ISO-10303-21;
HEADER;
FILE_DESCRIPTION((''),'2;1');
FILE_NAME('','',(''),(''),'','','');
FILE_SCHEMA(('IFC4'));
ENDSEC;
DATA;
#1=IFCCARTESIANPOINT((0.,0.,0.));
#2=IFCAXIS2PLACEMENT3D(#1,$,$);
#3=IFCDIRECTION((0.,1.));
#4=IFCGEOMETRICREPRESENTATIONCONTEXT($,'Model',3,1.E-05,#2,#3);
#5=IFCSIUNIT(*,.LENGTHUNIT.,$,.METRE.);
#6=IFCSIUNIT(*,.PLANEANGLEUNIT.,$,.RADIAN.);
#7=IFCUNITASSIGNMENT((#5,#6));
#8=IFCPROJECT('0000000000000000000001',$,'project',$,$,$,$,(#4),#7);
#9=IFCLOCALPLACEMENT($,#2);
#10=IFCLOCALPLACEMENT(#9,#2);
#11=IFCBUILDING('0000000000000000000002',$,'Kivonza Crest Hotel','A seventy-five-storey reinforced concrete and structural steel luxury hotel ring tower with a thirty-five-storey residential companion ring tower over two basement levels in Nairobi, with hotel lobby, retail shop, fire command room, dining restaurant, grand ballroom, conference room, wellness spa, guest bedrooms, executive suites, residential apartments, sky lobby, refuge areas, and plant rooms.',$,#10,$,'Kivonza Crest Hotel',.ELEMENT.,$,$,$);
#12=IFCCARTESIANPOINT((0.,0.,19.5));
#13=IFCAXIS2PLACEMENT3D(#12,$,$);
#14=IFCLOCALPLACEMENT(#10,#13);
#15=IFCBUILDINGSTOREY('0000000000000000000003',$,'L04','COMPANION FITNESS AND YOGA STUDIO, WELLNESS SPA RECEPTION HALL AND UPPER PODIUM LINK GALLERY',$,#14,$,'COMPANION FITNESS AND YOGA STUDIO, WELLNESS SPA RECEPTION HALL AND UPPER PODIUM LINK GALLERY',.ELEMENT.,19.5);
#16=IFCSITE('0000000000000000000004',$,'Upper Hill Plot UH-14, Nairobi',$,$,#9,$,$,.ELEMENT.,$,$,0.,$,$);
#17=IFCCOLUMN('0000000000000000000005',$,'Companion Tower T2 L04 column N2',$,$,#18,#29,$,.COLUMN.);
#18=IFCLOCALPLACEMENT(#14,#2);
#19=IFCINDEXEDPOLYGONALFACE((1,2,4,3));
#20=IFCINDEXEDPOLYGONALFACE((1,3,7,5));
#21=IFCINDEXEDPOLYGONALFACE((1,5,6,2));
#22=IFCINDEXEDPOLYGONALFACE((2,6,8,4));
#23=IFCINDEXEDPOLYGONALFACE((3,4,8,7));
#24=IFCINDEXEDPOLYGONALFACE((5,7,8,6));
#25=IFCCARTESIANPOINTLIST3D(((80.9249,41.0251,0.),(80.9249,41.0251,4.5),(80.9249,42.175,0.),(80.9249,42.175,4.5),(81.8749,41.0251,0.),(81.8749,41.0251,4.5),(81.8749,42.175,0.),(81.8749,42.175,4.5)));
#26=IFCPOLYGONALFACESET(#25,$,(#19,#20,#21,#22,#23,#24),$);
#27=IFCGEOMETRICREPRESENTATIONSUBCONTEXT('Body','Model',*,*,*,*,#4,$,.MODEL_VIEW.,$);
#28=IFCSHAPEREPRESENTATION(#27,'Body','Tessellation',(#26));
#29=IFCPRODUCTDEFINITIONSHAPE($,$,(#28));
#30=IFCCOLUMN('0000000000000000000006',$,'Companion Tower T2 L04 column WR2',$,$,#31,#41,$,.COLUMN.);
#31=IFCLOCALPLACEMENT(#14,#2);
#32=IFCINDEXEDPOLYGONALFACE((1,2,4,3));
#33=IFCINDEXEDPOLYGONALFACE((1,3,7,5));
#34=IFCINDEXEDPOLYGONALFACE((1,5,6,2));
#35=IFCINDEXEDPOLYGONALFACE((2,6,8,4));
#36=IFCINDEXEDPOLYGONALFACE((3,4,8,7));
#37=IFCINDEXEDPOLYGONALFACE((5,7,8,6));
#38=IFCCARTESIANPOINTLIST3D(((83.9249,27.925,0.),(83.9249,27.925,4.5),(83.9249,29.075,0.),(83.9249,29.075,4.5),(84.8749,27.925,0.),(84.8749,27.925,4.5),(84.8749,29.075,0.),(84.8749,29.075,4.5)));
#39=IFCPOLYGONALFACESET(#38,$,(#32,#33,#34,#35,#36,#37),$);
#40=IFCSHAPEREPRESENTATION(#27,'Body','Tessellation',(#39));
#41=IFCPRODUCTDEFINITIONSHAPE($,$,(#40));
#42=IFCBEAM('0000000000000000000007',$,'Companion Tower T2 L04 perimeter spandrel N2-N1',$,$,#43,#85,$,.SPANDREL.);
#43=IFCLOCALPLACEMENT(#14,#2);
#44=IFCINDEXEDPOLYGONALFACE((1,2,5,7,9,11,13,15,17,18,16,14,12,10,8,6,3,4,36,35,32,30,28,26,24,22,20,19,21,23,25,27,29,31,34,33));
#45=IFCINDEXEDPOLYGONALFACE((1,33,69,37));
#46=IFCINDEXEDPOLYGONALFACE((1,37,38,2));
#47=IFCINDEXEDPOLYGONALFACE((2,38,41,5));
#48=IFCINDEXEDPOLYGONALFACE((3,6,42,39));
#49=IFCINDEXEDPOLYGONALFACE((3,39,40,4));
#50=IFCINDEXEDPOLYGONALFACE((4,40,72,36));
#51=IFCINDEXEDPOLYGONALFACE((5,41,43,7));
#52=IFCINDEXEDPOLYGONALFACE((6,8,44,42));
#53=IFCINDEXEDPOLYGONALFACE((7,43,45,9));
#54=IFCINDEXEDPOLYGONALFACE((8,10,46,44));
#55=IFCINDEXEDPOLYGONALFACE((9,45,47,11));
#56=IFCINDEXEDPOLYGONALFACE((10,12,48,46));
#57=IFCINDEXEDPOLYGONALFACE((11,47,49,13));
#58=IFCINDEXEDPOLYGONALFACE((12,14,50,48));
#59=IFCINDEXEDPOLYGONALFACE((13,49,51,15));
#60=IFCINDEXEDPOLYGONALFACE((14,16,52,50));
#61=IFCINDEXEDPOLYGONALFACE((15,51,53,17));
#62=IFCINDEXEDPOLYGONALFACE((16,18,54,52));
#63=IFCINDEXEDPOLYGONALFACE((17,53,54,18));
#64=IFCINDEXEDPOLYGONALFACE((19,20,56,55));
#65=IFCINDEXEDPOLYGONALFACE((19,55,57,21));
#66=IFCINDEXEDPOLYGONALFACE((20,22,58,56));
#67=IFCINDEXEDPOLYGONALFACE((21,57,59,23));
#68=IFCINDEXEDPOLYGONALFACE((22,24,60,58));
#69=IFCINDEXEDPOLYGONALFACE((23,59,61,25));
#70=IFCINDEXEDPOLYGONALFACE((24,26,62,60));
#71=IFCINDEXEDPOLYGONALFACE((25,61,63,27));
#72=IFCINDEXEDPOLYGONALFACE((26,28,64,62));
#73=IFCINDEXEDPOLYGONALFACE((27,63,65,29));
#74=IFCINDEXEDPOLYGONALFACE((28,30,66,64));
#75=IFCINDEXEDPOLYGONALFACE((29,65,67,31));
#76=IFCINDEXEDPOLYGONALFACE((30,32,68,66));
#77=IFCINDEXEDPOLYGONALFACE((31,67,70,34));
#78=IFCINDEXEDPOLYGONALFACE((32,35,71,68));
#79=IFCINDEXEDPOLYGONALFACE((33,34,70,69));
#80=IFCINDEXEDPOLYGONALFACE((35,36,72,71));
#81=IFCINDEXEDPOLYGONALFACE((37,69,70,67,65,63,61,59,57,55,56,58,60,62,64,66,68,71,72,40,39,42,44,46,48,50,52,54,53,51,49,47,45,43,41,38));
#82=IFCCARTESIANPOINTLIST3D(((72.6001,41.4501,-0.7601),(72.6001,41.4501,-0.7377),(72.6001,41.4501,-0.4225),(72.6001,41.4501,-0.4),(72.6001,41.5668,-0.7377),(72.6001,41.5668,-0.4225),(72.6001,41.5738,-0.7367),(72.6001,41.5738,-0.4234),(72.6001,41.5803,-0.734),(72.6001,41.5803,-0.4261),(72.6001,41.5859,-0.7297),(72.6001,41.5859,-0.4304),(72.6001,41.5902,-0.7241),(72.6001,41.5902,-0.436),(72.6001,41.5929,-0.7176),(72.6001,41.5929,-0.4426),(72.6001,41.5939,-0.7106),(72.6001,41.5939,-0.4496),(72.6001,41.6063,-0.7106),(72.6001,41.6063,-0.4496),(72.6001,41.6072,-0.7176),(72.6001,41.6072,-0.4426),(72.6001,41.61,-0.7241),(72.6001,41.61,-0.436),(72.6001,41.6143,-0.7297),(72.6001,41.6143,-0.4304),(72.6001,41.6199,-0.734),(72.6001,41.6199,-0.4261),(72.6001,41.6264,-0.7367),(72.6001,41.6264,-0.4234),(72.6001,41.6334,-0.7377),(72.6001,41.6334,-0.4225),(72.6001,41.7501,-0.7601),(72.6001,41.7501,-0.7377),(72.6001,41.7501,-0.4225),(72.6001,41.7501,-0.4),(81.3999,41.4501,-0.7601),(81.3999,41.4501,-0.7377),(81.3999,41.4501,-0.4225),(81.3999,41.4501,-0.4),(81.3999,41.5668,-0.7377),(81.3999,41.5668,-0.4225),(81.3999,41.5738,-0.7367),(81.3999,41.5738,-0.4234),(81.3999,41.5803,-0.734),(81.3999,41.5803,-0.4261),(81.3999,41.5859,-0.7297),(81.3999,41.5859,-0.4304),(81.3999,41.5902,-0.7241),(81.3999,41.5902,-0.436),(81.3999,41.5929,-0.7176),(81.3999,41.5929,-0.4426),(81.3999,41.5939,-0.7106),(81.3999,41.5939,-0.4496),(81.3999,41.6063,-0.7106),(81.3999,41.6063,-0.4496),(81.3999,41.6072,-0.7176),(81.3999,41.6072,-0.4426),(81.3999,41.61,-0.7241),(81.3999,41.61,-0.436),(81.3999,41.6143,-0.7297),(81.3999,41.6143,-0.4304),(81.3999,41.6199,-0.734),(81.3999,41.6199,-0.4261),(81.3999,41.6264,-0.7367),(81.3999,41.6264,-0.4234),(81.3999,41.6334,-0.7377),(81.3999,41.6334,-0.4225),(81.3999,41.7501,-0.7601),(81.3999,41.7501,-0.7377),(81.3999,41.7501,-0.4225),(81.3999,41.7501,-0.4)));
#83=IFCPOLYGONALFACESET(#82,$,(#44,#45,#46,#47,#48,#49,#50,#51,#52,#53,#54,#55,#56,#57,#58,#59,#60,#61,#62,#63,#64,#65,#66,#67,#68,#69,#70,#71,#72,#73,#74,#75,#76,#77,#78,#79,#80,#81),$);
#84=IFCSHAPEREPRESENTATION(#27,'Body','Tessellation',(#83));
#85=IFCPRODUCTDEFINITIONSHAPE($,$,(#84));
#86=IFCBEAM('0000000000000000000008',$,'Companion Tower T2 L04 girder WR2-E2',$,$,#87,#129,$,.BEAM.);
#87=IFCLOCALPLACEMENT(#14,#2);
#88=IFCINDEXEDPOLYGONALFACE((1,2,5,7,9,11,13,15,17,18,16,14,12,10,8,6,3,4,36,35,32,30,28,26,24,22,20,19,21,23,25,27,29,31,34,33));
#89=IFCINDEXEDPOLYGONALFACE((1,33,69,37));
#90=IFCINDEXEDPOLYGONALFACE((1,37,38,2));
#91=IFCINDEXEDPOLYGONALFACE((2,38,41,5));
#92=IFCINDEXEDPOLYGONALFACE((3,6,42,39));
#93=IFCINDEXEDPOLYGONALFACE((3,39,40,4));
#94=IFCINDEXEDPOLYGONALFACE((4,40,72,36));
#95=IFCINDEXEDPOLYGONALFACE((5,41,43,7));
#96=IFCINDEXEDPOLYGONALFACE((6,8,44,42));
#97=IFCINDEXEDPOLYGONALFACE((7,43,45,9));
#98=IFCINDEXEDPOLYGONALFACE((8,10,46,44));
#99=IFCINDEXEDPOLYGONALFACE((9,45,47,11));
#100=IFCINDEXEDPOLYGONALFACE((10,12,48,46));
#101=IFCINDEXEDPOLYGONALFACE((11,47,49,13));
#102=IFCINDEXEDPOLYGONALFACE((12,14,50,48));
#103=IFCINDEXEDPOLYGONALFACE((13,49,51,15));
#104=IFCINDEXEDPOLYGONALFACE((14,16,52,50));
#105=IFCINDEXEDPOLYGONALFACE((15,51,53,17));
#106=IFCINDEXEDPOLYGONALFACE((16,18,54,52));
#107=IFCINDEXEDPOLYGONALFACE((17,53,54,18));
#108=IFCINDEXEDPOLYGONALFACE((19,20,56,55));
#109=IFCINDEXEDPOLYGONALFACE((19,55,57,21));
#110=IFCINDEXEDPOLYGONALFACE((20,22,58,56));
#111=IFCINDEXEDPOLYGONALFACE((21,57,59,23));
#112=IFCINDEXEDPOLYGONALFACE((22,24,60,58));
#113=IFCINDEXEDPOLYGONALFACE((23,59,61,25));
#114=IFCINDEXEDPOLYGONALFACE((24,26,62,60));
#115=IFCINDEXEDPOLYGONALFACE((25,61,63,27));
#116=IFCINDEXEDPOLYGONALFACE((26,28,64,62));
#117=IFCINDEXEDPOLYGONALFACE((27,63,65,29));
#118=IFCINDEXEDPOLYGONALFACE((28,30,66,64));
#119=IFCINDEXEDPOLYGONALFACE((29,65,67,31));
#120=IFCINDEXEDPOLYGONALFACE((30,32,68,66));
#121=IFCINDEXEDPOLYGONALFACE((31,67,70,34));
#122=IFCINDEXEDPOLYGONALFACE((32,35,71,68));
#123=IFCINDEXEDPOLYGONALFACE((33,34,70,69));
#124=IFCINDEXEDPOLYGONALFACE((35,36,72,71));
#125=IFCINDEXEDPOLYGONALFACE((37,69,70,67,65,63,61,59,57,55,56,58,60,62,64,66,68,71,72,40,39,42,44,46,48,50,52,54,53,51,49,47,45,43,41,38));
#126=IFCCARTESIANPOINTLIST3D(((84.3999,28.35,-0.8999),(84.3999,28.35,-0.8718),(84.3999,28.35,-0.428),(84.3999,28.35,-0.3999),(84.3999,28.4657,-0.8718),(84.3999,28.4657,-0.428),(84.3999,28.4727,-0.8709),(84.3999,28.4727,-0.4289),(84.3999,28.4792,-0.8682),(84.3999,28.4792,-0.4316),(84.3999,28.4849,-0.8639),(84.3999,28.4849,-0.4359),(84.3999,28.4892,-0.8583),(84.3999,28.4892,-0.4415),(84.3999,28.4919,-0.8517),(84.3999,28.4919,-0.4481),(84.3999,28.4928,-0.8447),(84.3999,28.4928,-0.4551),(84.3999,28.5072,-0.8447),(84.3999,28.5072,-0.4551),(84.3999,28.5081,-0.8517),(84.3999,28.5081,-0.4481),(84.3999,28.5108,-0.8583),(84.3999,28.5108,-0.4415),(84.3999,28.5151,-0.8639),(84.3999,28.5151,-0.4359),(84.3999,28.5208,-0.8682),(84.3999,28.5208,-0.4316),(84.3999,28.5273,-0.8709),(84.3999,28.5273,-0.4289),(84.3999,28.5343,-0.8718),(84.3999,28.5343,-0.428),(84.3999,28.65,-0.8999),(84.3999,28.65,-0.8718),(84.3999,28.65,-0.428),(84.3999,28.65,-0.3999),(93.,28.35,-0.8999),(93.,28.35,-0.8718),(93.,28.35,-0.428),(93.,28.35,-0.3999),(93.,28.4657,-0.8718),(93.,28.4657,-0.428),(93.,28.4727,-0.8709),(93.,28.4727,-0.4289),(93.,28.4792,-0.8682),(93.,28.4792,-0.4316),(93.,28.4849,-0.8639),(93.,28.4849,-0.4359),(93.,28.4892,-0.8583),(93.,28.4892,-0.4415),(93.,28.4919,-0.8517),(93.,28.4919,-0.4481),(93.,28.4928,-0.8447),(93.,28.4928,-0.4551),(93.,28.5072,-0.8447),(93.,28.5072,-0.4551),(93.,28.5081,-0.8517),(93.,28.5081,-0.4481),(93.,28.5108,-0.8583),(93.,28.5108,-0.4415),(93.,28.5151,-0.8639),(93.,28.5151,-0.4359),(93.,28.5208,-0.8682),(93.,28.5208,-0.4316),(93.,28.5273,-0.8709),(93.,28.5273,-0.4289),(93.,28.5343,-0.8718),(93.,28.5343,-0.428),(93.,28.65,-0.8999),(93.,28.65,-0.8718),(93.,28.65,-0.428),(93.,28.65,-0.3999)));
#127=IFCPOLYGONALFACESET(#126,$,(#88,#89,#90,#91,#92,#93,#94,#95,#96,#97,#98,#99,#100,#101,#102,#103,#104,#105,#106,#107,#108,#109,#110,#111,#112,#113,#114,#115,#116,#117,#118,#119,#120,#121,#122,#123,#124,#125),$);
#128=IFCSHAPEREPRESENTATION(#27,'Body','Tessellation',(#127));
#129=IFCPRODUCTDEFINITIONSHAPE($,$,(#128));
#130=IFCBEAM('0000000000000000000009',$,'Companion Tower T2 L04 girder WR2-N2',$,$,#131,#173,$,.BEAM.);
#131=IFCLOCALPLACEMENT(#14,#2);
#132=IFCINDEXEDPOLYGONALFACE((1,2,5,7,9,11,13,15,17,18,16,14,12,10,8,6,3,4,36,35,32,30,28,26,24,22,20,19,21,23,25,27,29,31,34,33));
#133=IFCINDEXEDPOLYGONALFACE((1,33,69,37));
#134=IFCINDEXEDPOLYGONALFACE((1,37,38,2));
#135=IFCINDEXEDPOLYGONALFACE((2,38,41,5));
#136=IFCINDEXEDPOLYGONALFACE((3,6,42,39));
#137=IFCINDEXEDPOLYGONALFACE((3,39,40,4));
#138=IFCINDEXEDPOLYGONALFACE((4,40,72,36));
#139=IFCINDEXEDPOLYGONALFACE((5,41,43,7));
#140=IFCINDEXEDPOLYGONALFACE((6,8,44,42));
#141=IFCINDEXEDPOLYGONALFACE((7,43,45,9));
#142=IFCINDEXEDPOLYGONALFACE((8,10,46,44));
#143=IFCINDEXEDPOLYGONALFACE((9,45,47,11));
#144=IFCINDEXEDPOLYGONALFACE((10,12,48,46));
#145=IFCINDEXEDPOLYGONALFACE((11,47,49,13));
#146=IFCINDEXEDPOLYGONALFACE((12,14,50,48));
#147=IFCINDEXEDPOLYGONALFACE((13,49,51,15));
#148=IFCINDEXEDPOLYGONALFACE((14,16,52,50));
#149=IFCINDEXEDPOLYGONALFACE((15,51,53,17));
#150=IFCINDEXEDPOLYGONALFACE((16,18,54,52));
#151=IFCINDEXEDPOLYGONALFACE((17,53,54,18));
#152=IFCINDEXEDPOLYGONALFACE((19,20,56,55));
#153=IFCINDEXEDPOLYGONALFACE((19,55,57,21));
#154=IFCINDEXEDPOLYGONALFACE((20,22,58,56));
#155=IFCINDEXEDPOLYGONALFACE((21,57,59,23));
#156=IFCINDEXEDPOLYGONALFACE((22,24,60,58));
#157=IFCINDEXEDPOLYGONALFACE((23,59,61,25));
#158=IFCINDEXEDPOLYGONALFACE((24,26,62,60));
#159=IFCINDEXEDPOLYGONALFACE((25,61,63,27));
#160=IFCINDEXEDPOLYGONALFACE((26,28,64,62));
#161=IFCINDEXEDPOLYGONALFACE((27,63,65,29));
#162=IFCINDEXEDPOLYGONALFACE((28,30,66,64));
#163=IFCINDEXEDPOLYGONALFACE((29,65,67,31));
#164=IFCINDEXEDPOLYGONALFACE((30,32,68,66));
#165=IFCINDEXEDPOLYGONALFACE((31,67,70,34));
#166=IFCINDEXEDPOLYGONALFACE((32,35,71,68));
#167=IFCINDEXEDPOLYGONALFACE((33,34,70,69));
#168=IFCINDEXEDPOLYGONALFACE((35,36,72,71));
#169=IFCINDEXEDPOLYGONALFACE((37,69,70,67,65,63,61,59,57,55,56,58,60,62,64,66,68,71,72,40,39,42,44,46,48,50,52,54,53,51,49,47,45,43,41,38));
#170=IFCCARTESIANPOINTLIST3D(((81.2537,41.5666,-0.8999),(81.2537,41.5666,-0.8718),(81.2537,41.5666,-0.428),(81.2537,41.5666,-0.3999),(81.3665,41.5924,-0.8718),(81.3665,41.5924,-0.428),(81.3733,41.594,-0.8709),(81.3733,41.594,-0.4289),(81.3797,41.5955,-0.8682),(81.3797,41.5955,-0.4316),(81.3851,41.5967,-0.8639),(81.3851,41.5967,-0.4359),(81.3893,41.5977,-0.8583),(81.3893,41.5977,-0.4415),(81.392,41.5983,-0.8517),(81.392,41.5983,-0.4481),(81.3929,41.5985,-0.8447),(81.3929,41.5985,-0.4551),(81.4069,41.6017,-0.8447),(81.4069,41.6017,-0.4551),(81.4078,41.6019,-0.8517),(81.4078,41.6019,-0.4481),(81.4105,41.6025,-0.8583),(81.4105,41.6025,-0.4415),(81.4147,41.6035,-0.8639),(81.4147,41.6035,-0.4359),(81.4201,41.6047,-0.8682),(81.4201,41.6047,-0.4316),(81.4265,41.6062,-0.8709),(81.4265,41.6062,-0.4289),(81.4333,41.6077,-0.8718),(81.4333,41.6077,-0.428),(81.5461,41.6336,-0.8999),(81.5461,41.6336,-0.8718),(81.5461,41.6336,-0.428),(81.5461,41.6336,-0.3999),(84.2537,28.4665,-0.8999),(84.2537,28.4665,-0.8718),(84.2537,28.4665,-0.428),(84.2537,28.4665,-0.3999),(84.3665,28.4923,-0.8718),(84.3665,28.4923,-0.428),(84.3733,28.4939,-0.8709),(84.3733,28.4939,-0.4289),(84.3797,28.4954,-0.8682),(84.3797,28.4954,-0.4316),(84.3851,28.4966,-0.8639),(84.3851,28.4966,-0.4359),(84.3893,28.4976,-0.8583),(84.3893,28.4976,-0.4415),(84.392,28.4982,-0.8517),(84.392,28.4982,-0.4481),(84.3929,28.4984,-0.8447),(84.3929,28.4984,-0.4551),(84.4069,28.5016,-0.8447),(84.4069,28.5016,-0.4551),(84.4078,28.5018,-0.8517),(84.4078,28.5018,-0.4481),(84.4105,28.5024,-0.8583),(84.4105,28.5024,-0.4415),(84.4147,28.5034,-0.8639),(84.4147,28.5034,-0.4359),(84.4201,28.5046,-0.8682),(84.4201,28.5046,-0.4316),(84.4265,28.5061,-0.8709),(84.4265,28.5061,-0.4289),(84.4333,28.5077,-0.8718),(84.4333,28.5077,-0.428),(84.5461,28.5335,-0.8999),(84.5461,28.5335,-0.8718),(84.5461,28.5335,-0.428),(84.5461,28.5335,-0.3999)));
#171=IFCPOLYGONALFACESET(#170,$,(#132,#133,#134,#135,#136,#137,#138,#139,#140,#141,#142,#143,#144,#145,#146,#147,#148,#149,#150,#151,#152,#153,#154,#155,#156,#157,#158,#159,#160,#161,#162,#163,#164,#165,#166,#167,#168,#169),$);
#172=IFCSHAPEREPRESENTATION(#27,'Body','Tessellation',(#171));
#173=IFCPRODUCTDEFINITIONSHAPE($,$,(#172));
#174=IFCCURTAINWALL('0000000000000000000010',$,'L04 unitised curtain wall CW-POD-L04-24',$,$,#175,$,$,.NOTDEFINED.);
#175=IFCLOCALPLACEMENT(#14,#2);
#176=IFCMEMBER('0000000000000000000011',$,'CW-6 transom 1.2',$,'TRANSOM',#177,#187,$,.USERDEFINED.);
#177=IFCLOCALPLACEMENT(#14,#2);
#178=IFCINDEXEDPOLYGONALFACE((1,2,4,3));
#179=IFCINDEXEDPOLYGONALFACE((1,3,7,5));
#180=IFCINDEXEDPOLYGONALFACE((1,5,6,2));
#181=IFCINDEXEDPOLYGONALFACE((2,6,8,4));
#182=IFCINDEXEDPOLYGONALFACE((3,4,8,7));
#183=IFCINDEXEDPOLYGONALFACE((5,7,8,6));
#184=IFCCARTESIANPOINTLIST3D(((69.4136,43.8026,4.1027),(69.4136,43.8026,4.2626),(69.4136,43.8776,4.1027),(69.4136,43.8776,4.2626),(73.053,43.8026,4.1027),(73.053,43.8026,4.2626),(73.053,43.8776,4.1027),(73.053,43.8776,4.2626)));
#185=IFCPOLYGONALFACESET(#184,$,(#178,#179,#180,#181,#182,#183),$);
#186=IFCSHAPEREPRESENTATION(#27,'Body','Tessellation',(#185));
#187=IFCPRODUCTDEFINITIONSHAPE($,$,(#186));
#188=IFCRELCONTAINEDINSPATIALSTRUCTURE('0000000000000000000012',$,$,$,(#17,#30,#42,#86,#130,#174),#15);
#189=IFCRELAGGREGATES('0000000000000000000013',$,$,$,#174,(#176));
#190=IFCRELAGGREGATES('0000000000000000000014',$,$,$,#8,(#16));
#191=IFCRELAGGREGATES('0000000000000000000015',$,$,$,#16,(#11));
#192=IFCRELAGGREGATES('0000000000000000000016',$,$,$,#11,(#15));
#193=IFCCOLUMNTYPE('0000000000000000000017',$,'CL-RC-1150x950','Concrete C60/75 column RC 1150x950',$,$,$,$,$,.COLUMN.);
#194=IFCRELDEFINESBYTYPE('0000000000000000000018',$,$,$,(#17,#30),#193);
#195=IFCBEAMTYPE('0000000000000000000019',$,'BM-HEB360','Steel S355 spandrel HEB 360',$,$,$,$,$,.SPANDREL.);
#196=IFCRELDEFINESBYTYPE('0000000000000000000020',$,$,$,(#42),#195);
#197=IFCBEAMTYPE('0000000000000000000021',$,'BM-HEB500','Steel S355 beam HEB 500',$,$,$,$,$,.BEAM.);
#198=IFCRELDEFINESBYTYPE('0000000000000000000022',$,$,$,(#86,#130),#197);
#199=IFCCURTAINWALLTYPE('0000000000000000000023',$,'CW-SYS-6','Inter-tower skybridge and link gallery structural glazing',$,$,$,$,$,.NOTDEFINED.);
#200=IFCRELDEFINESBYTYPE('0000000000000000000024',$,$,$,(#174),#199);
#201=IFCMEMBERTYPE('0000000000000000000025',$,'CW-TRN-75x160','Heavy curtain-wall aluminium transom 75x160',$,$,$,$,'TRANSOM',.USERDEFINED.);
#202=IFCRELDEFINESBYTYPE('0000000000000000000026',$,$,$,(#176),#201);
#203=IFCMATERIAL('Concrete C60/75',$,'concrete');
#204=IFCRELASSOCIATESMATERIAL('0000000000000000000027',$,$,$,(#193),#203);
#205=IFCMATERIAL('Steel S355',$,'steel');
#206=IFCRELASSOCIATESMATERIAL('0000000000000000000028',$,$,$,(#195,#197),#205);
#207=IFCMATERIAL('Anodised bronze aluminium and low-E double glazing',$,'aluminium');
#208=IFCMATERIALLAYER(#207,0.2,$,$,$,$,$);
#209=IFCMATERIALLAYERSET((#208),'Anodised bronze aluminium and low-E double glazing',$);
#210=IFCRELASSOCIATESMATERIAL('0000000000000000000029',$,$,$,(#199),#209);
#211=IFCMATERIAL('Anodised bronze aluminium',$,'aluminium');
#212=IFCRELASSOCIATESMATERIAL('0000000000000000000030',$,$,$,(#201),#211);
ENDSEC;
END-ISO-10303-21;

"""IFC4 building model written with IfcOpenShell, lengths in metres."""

from ifc_helpers import new_model, si_unit, direction, frame, origin, origin_2d, place, context, subcontext, project, spatial, rectangle, i_section, extrude, material, layer, layer_set, material_profile, profile_set, type_object, element, aggregate, save


model = new_model("IFC4")

# Units and contexts
model_context = context("Model", 3, precision=1e-05, world=origin(), true_north=direction((0.0, 1.0)))
body_context = subcontext(model_context, "Body", "Model", "MODEL_VIEW")
ifc_project = project(units=[si_unit("LENGTHUNIT", "METRE"), si_unit("PLANEANGLEUNIT", "RADIAN")], contexts=[model_context])

# Site, building, storey
site_placement = place(None, origin())
site = spatial("IfcSite", under=ifc_project, at=site_placement, Name="Upper Hill Plot UH-14, Nairobi", CompositionType="ELEMENT", RefElevation=0.0)
building_placement = place(site_placement, origin())
building = spatial("IfcBuilding", under=site, at=building_placement, Name="Kivonza Crest Hotel", Description="A seventy-five-storey reinforced concrete and structural steel luxury hotel ring tower with a thirty-five-storey residential companion ring tower over two basement levels in Nairobi, with hotel lobby, retail shop, fire command room, dining restaurant, grand ballroom, conference room, wellness spa, guest bedrooms, executive suites, residential apartments, sky lobby, refuge areas, and plant rooms.", LongName="Kivonza Crest Hotel", CompositionType="ELEMENT")
storey_placement = place(building_placement, frame((0.0, 0.0, 19.5)))
storey = spatial("IfcBuildingStorey", under=building, at=storey_placement, Name="L04", Description="COMPANION FITNESS AND YOGA STUDIO, WELLNESS SPA RECEPTION HALL AND UPPER PODIUM LINK GALLERY", LongName="COMPANION FITNESS AND YOGA STUDIO, WELLNESS SPA RECEPTION HALL AND UPPER PODIUM LINK GALLERY", CompositionType="ELEMENT", Elevation=19.5)

# Columns
ifc_material_1 = material(Name="Concrete C60/75", Category="concrete")
ifc_material_profile_1 = material_profile(ifc_material_1, rectangle(XDim=0.95, YDim=1.1499, at=origin_2d()), Name="RC 1150x950")
ifc_profile_set_1 = profile_set([ifc_material_profile_1], Name="Concrete C60/75")
column_type = type_object("IfcColumnType", Name="CL-RC-1150x950", Description="Concrete C60/75 column RC 1150x950", PredefinedType="COLUMN", material=ifc_profile_set_1)
for number, where, z_axis, x_axis, name in (
    (1, (81.3999, 41.6001, 0.0), (0.0, 0.0, 1.0), (1.0, 0.0, 0.0), "Companion Tower T2 L04 column N2"),
    (2, (84.3999, 28.5, 0.0), (0.0, 0.0, 1.0), (1.0, 0.0, 0.0), "Companion Tower T2 L04 column WR2"),
):
    element("IfcColumn", number, at=place(storey_placement, frame(where, z_axis=z_axis, x_axis=x_axis)), inside=storey, type_object=column_type, Name=name, PredefinedType="COLUMN", context=body_context, shape_type="SweptSolid", body=[
        extrude(rectangle(XDim=0.95, YDim=1.1499, at=origin_2d()), origin(), (0.0, 0.0, 1.0), 4.5),
    ])

# Beams
ifc_material_2 = material(Name="Steel S355", Category="steel")
ifc_material_profile_2 = material_profile(ifc_material_2, i_section(OverallWidth=0.3, OverallDepth=0.3601, WebThickness=0.0125, FlangeThickness=0.0225, FilletRadius=0.0271, at=origin_2d()), Name="HEB 360")
ifc_profile_set_2 = profile_set([ifc_material_profile_2], Name="Steel S355")
beam_type_1 = type_object("IfcBeamType", Name="BM-HEB360", Description="Steel S355 spandrel HEB 360", PredefinedType="SPANDREL", material=ifc_profile_set_2)
beam_1_placement = place(storey_placement, frame((81.3999, 41.6001, -0.5801), z_axis=(-1.0, 0.0, 0.0), x_axis=(0.0, -1.0, 0.0)))
element("IfcBeam", 3, at=beam_1_placement, inside=storey, type_object=beam_type_1, Name="Companion Tower T2 L04 perimeter spandrel N2-N1", PredefinedType="SPANDREL", context=body_context, shape_type="SweptSolid", body=[
    extrude(i_section(OverallWidth=0.3, OverallDepth=0.3601, WebThickness=0.0125, FlangeThickness=0.0225, FilletRadius=0.0271, at=origin_2d()), origin(), (0.0, 0.0, 1.0), 8.7998),
])
ifc_material_profile_3 = material_profile(ifc_material_2, i_section(OverallWidth=0.3, OverallDepth=0.5, WebThickness=0.0144, FlangeThickness=0.0281, FilletRadius=0.0271, at=origin_2d()), Name="HEB 500")
ifc_profile_set_3 = profile_set([ifc_material_profile_3], Name="Steel S355")
beam_type_2 = type_object("IfcBeamType", Name="BM-HEB500", Description="Steel S355 beam HEB 500", PredefinedType="BEAM", material=ifc_profile_set_3)
beam_2_placement = place(storey_placement, frame((84.3999, 28.5, -0.6499), z_axis=(1.0, 0.0, 0.0), x_axis=(0.0, 1.0, 0.0)))
element("IfcBeam", 4, at=beam_2_placement, inside=storey, type_object=beam_type_2, Name="Companion Tower T2 L04 girder WR2-E2", PredefinedType="BEAM", context=body_context, shape_type="SweptSolid", body=[
    extrude(i_section(OverallWidth=0.3, OverallDepth=0.5, WebThickness=0.0144, FlangeThickness=0.0281, FilletRadius=0.0271, at=origin_2d()), origin(), (0.0, 0.0, 1.0), 8.6001),
])
beam_3_placement = place(storey_placement, frame((84.3999, 28.5, -0.6499), z_axis=(-0.223227, 0.974766, 0.0), x_axis=(-0.974766, -0.223227, 0.0)))
element("IfcBeam", 5, at=beam_3_placement, inside=storey, type_object=beam_type_2, Name="Companion Tower T2 L04 girder WR2-N2", PredefinedType="BEAM", context=body_context, shape_type="SweptSolid", body=[
    extrude(i_section(OverallWidth=0.3, OverallDepth=0.5, WebThickness=0.0144, FlangeThickness=0.0281, FilletRadius=0.0271, at=origin_2d()), origin(), (0.0, 0.0, 1.0), 13.4392),
])

# Curtain wall, member
ifc_material_3 = material(Name="Anodised bronze aluminium and low-E double glazing", Category="aluminium")
ifc_layer_1 = layer(ifc_material_3, 0.2)
ifc_layer_set_1 = layer_set([ifc_layer_1], Name="Anodised bronze aluminium and low-E double glazing")
curtain_wall_type = type_object("IfcCurtainWallType", Name="CW-SYS-6", Description="Inter-tower skybridge and link gallery structural glazing", PredefinedType="NOTDEFINED", material=ifc_layer_set_1)
curtain_wall_placement = place(storey_placement, origin())
curtain_wall = element("IfcCurtainWall", 6, at=curtain_wall_placement, inside=storey, type_object=curtain_wall_type, Name="L04 unitised curtain wall CW-POD-L04-24", PredefinedType="NOTDEFINED")
ifc_material_4 = material(Name="Anodised bronze aluminium", Category="aluminium")
ifc_material_profile_4 = material_profile(ifc_material_4, rectangle(XDim=0.075, YDim=0.1599, at=origin_2d()), Name="CW-T 75x160")
ifc_profile_set_4 = profile_set([ifc_material_profile_4], Name="Anodised bronze aluminium")
member_type = type_object("IfcMemberType", Name="CW-TRN-75x160", Description="Heavy curtain-wall aluminium transom 75x160", ElementType="TRANSOM", PredefinedType="USERDEFINED", material=ifc_profile_set_4)
member_placement = place(storey_placement, frame((73.053, 43.8401, 4.1826), z_axis=(-1.0, 0.0, 0.0), x_axis=(0.0, -1.0, 0.0)))
member = element("IfcMember", 7, at=member_placement, type_object=member_type, Name="CW-6 transom 1.2", ObjectType="TRANSOM", PredefinedType="USERDEFINED", context=body_context, shape_type="SweptSolid", body=[
    extrude(rectangle(XDim=0.075, YDim=0.1599, at=origin_2d()), origin(), (0.0, 0.0, 1.0), 3.6394),
])
aggregate(curtain_wall, [member])

save(model, "model.ifc")
